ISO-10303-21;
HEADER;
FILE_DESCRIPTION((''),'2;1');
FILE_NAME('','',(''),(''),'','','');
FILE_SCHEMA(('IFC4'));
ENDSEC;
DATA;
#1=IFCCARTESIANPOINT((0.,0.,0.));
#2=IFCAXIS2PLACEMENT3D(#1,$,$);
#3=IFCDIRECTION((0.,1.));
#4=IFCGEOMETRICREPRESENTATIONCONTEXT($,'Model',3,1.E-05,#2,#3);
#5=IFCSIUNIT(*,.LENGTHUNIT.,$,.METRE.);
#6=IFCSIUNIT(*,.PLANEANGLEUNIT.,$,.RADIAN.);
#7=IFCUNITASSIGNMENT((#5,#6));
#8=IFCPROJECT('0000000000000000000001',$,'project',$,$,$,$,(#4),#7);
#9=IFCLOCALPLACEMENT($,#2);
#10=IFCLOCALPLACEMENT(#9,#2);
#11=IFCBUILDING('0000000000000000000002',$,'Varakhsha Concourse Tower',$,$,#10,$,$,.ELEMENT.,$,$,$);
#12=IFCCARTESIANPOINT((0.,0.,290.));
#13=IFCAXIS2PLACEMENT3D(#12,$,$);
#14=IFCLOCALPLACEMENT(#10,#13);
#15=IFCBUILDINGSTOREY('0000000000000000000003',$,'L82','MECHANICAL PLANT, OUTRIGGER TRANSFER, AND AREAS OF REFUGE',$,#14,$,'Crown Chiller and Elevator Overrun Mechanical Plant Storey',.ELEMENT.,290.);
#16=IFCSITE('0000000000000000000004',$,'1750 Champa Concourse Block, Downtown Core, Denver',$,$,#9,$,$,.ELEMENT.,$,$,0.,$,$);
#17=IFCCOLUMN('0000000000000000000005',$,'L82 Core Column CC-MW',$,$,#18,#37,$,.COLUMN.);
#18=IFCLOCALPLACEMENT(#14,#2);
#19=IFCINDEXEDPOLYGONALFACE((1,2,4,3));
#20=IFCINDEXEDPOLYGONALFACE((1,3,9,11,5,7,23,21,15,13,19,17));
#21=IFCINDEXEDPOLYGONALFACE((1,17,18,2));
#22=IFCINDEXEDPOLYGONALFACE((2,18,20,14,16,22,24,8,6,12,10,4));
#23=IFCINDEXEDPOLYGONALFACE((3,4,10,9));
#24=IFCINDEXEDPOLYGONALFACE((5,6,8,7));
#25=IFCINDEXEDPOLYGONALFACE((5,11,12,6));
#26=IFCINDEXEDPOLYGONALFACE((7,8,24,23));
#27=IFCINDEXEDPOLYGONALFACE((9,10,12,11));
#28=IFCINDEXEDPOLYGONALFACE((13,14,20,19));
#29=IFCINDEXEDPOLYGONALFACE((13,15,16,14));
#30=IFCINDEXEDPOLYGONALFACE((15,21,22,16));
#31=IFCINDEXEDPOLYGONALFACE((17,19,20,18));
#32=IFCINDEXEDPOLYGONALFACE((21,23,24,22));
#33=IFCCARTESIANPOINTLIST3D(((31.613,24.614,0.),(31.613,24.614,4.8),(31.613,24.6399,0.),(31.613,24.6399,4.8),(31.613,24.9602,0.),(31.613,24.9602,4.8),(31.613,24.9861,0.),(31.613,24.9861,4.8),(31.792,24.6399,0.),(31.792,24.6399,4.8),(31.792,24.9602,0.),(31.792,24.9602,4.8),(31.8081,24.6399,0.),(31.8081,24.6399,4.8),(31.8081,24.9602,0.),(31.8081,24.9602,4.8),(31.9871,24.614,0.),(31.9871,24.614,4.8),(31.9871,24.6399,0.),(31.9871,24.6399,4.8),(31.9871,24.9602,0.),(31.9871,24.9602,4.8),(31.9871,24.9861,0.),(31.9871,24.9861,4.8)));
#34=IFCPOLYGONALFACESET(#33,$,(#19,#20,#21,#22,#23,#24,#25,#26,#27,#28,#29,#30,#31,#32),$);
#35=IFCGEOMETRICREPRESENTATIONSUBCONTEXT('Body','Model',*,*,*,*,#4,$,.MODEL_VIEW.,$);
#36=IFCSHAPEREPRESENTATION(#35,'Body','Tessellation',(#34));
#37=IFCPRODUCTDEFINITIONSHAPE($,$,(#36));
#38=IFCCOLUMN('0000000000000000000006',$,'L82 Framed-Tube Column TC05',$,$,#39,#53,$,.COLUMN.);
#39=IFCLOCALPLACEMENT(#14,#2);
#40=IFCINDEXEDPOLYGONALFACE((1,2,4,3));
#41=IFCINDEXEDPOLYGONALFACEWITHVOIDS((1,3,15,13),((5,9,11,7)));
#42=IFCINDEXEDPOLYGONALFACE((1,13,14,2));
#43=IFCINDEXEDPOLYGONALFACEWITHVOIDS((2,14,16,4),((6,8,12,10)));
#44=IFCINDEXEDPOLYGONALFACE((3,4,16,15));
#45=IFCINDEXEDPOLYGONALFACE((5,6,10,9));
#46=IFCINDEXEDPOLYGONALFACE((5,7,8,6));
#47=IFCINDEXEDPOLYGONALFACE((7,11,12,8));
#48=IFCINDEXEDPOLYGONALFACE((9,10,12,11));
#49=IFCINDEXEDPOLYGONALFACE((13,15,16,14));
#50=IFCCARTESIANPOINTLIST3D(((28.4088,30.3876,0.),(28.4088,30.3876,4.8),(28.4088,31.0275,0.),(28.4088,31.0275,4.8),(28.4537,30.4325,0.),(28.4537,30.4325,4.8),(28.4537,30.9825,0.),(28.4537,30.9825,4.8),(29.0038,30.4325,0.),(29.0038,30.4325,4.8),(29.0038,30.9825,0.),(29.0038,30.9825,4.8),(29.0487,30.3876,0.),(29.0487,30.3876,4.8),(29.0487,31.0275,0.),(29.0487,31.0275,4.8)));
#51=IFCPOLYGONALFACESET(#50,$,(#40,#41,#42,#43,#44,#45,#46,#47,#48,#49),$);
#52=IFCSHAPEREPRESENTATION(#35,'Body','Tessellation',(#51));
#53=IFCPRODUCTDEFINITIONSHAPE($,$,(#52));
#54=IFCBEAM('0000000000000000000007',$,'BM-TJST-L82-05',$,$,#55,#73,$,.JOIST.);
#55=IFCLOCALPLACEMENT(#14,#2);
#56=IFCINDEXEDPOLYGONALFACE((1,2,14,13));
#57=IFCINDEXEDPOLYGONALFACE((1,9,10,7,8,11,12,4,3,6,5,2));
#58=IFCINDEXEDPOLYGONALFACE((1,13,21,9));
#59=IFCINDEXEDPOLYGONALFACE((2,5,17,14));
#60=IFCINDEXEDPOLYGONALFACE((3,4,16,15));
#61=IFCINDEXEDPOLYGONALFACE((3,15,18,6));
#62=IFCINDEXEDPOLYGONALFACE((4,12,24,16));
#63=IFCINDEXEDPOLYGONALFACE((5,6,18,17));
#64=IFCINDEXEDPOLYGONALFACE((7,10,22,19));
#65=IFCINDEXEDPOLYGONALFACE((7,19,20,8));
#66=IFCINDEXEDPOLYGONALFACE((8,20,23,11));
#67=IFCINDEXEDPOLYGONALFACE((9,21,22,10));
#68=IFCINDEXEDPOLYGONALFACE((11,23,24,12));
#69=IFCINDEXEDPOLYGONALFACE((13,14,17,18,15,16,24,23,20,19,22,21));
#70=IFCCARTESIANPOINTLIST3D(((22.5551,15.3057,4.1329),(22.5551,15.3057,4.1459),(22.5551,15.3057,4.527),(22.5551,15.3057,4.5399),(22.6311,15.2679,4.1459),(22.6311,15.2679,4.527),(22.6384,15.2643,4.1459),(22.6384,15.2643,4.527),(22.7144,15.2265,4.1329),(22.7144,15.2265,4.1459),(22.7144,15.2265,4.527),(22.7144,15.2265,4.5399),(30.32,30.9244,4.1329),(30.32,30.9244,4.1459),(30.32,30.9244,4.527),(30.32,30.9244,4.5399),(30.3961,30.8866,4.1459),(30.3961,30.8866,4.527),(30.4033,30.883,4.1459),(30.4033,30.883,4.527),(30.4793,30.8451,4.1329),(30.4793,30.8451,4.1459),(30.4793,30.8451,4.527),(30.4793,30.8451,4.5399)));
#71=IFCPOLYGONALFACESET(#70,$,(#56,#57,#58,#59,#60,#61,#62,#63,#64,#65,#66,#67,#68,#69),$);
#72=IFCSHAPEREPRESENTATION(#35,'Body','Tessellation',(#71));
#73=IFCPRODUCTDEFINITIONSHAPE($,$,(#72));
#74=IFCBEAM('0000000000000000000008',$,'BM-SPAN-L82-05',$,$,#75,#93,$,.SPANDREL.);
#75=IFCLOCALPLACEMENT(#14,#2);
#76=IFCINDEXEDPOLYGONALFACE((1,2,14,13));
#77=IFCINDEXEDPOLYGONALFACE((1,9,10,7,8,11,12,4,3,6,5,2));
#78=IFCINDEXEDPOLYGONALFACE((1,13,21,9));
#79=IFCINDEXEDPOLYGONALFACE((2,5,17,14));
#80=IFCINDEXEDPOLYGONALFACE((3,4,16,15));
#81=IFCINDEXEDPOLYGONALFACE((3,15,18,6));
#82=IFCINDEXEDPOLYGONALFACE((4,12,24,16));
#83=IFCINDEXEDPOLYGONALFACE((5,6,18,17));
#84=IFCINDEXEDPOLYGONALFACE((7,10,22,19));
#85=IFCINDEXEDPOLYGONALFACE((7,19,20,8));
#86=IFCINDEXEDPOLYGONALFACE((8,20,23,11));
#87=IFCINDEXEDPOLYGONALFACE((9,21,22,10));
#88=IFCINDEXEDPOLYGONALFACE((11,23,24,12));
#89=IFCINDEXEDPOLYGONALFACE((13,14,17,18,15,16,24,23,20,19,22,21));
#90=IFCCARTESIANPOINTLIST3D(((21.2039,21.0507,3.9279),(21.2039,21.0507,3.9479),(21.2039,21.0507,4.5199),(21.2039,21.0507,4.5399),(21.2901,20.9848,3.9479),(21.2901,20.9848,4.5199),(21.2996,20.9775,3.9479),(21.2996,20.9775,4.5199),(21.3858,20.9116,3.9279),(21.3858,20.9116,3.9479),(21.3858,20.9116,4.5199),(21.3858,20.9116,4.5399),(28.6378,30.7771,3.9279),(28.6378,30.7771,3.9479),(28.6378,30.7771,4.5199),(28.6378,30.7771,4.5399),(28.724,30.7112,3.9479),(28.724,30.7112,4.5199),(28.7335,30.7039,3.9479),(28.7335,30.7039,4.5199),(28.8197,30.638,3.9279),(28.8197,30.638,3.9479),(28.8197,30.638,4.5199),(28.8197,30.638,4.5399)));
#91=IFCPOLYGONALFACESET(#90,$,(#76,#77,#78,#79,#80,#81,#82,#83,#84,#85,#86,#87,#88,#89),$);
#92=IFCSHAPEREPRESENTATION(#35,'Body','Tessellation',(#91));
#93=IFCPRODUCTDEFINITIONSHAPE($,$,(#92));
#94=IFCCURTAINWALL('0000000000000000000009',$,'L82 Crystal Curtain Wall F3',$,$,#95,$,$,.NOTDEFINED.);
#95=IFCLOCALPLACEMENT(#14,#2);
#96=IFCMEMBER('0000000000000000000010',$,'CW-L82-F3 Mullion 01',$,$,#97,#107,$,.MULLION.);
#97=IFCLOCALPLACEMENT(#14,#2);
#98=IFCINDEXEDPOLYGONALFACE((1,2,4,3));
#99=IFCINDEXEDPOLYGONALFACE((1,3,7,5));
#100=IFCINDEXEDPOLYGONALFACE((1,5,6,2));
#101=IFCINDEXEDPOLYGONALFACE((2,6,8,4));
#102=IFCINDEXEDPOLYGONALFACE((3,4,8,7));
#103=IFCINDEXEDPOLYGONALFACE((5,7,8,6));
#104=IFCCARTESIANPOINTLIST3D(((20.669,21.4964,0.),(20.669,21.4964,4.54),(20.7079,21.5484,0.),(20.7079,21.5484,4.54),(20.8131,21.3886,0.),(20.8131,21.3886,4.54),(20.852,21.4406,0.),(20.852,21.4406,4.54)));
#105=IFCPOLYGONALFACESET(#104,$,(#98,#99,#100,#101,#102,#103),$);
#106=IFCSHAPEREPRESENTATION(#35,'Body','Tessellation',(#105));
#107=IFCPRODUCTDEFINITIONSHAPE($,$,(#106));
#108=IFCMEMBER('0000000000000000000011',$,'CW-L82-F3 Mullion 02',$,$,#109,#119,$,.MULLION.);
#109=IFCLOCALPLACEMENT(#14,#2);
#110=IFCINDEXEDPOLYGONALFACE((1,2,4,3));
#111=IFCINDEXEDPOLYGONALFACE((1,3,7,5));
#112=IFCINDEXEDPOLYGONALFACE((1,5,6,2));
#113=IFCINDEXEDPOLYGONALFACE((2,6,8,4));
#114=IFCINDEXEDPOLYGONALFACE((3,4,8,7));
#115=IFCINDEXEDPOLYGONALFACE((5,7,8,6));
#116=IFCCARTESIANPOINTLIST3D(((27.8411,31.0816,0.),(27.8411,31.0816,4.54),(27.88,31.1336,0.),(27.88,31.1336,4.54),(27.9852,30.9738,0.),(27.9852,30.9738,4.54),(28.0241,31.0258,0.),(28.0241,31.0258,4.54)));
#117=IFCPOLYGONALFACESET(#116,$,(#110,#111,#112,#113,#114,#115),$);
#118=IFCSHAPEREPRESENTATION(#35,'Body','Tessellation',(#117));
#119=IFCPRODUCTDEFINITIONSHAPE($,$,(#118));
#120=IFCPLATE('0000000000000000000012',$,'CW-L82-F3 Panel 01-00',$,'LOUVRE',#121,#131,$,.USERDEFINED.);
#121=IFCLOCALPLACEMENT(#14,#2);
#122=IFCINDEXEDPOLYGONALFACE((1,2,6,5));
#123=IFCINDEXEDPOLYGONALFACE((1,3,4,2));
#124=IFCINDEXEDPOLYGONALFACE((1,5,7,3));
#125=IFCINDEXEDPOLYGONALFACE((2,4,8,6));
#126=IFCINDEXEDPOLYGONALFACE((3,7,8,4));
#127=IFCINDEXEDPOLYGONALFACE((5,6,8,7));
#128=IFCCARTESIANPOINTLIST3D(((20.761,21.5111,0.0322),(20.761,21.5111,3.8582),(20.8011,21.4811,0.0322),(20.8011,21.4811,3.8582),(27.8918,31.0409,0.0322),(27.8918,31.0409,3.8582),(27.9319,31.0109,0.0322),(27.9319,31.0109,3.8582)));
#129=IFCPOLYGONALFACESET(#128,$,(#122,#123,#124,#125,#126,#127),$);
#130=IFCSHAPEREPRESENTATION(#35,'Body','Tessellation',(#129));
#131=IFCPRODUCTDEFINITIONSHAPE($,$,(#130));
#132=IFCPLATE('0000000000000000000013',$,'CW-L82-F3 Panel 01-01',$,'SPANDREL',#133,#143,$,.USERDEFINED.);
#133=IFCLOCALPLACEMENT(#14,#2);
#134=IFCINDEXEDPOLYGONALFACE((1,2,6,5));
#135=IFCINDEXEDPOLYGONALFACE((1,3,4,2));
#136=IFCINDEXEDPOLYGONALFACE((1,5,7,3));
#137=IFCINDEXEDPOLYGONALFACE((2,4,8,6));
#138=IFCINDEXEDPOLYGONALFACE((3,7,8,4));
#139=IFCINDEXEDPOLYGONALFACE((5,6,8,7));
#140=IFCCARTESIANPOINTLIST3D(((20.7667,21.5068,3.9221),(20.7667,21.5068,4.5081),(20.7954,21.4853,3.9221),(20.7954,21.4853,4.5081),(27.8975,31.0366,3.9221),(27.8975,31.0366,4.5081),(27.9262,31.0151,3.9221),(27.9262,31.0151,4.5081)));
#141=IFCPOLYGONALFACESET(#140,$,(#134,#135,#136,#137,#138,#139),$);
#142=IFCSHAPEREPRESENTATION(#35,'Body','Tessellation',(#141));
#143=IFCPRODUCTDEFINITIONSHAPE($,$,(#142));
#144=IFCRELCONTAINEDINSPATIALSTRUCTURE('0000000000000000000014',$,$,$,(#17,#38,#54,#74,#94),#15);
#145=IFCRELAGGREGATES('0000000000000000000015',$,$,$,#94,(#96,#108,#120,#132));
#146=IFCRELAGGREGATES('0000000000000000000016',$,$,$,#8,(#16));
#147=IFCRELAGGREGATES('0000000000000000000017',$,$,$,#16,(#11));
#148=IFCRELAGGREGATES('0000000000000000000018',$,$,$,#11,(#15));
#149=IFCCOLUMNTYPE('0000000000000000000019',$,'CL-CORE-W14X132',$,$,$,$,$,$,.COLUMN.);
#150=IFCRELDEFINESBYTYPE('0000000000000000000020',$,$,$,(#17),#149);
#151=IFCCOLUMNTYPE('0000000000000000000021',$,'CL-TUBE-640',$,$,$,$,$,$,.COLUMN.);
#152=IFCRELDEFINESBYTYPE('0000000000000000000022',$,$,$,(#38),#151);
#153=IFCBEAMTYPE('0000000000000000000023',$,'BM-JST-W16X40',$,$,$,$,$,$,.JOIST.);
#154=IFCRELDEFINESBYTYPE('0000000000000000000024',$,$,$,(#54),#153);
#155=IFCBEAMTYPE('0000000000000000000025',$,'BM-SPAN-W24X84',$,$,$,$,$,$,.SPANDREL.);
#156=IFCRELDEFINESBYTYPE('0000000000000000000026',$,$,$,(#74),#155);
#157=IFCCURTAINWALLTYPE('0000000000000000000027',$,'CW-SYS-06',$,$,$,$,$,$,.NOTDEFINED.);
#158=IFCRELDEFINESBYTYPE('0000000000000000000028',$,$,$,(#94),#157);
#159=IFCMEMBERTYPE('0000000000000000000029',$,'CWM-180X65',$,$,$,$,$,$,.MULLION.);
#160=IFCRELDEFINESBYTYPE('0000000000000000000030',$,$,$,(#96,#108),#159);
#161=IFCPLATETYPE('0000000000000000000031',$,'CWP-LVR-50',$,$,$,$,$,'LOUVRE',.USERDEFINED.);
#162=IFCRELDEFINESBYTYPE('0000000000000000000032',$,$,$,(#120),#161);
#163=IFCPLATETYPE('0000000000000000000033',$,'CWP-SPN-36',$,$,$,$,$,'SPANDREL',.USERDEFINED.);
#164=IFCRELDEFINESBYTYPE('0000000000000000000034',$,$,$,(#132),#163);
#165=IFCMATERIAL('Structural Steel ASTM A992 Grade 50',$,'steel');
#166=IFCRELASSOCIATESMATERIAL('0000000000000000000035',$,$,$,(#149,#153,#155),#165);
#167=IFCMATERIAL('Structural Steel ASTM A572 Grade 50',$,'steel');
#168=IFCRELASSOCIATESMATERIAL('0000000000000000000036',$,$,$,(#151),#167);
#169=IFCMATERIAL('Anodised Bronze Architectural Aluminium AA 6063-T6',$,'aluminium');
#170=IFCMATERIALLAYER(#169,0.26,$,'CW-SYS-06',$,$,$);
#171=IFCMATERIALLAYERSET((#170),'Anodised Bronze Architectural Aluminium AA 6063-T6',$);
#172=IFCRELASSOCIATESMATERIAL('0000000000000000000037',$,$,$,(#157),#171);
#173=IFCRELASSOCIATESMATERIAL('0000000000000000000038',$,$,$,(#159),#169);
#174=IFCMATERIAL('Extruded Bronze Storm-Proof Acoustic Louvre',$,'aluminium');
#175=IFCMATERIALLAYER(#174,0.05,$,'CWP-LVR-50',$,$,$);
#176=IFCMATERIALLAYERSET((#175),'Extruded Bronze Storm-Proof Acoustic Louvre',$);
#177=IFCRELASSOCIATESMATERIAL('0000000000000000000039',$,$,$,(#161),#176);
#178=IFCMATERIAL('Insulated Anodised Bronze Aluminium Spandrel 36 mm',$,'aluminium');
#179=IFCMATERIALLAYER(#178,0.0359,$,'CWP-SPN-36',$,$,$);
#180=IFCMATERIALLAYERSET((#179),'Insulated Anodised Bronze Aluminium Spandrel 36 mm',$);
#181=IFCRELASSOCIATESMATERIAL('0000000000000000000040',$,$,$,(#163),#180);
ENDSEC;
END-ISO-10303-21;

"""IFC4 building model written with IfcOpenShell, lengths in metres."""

from ifc_helpers import new_model, si_unit, direction, frame, origin, origin_2d, place, context, subcontext, project, spatial, rectangle, hollow_rectangle, i_section, extrude, source, transform, mapped, material, layer, layer_set, material_profile, profile_set, type_object, type_shapes, element, aggregate, save


model = new_model("IFC4")

# Units and contexts
model_context = context("Model", 3, precision=1e-05, world=origin(), true_north=direction((0.0, 1.0)))
body_context = subcontext(model_context, "Body", "Model", "MODEL_VIEW")
ifc_project = project(units=[si_unit("LENGTHUNIT", "METRE"), si_unit("PLANEANGLEUNIT", "RADIAN")], contexts=[model_context])

# Site, building, storey
site_placement = place(None, origin())
site = spatial("IfcSite", under=ifc_project, at=site_placement, Name="1750 Champa Concourse Block, Downtown Core, Denver", CompositionType="ELEMENT", RefElevation=0.0)
building_placement = place(site_placement, origin())
building = spatial("IfcBuilding", under=site, at=building_placement, Name="Varakhsha Concourse Tower", CompositionType="ELEMENT")
storey_placement = place(building_placement, frame((0.0, 0.0, 290.0)))
storey = spatial("IfcBuildingStorey", under=building, at=storey_placement, Name="L82", Description="MECHANICAL PLANT, OUTRIGGER TRANSFER, AND AREAS OF REFUGE", LongName="Crown Chiller and Elevator Overrun Mechanical Plant Storey", CompositionType="ELEMENT", Elevation=290.0)

# Columns
ifc_material_1 = material(Name="Structural Steel ASTM A992 Grade 50", Category="steel")
ifc_material_profile_1 = material_profile(ifc_material_1, i_section(OverallWidth=0.374, OverallDepth=0.3721, WebThickness=0.0161, FlangeThickness=0.0259, at=origin_2d()), Name="W14X132")
ifc_profile_set_1 = profile_set([ifc_material_profile_1], Name="Structural Steel ASTM A992 Grade 50")
column_type_1 = type_object("IfcColumnType", Name="CL-CORE-W14X132", PredefinedType="COLUMN", material=ifc_profile_set_1)
column_1_placement = place(storey_placement, frame((31.8, 24.8, 0.0), z_axis=(0.0, 0.0, 1.0), x_axis=(1.0, 0.0, 0.0)))
element("IfcColumn", 1, at=column_1_placement, inside=storey, type_object=column_type_1, Name="L82 Core Column CC-MW", PredefinedType="COLUMN", context=body_context, shape_type="SweptSolid", body=[
    extrude(i_section(OverallWidth=0.374, OverallDepth=0.3721, WebThickness=0.0161, FlangeThickness=0.0259, at=origin_2d()), origin(), (0.0, 0.0, 1.0), 4.8),
])
ifc_material_2 = material(Name="Structural Steel ASTM A572 Grade 50", Category="steel")
ifc_material_profile_2 = material_profile(ifc_material_2, hollow_rectangle(XDim=0.6399, YDim=0.6399, WallThickness=0.0449, at=origin_2d()), Name="BOX 640x640x45")
ifc_profile_set_2 = profile_set([ifc_material_profile_2], Name="Structural Steel ASTM A572 Grade 50")
column_type_2 = type_object("IfcColumnType", Name="CL-TUBE-640", PredefinedType="COLUMN", material=ifc_profile_set_2)
column_2_placement = place(storey_placement, frame((28.7288, 30.7075, 0.0), z_axis=(0.0, 0.0, 1.0), x_axis=(1.0, 0.0, 0.0)))
element("IfcColumn", 2, at=column_2_placement, inside=storey, type_object=column_type_2, Name="L82 Framed-Tube Column TC05", PredefinedType="COLUMN", context=body_context, shape_type="SweptSolid", body=[
    extrude(hollow_rectangle(XDim=0.6399, YDim=0.6399, WallThickness=0.0449, at=origin_2d()), origin(), (0.0, 0.0, 1.0), 4.8),
])

# Beams
ifc_material_profile_3 = material_profile(ifc_material_1, i_section(OverallWidth=0.178, OverallDepth=0.407, WebThickness=0.0081, FlangeThickness=0.0129, at=origin_2d()), Name="W16X40")
ifc_profile_set_3 = profile_set([ifc_material_profile_3], Name="Structural Steel ASTM A992 Grade 50")
beam_type_1 = type_object("IfcBeamType", Name="BM-JST-W16X40", PredefinedType="JOIST", material=ifc_profile_set_3)
beam_1_placement = place(storey_placement, frame((30.3997, 30.8848, 4.3364), z_axis=(-0.445174, -0.895444, 0.0), x_axis=(0.895444, -0.445174, 0.0)))
element("IfcBeam", 3, at=beam_1_placement, inside=storey, type_object=beam_type_1, Name="BM-TJST-L82-05", PredefinedType="JOIST", context=body_context, shape_type="SweptSolid", body=[
    extrude(i_section(OverallWidth=0.178, OverallDepth=0.407, WebThickness=0.0081, FlangeThickness=0.0129, at=origin_2d()), origin(), (0.0, 0.0, 1.0), 17.4424),
])
ifc_material_profile_4 = material_profile(ifc_material_1, i_section(OverallWidth=0.229, OverallDepth=0.6121, WebThickness=0.012, FlangeThickness=0.02, at=origin_2d()), Name="W24X84")
ifc_profile_set_4 = profile_set([ifc_material_profile_4], Name="Structural Steel ASTM A992 Grade 50")
beam_type_2 = type_object("IfcBeamType", Name="BM-SPAN-W24X84", PredefinedType="SPANDREL", material=ifc_profile_set_4)
beam_2_placement = place(storey_placement, frame((28.7288, 30.7075, 4.2339), z_axis=(-0.607247, -0.794513, 0.0), x_axis=(0.794513, -0.607247, 0.0)))
element("IfcBeam", 4, at=beam_2_placement, inside=storey, type_object=beam_type_2, Name="BM-SPAN-L82-05", PredefinedType="SPANDREL", context=body_context, shape_type="SweptSolid", body=[
    extrude(i_section(OverallWidth=0.229, OverallDepth=0.6121, WebThickness=0.012, FlangeThickness=0.02, at=origin_2d()), origin(), (0.0, 0.0, 1.0), 12.2419),
])

# Curtain wall, members, plates
ifc_material_3 = material(Name="Anodised Bronze Architectural Aluminium AA 6063-T6", Category="aluminium")
ifc_layer_1 = layer(ifc_material_3, 0.26, Name="CW-SYS-06")
ifc_layer_set_1 = layer_set([ifc_layer_1], Name="Anodised Bronze Architectural Aluminium AA 6063-T6")
curtain_wall_type = type_object("IfcCurtainWallType", Name="CW-SYS-06", PredefinedType="NOTDEFINED", material=ifc_layer_set_1)
curtain_wall_placement = place(storey_placement, origin())
curtain_wall = element("IfcCurtainWall", 5, at=curtain_wall_placement, inside=storey, type_object=curtain_wall_type, Name="L82 Crystal Curtain Wall F3", PredefinedType="NOTDEFINED")
ifc_material_profile_5 = material_profile(ifc_material_3, rectangle(XDim=0.0649, YDim=0.1799, at=origin_2d()), Name="CWM-180X65")
ifc_profile_set_5 = profile_set([ifc_material_profile_5], Name="Anodised Bronze Architectural Aluminium AA 6063-T6")
member_type = type_object("IfcMemberType", Name="CWM-180X65", PredefinedType="MULLION", material=ifc_profile_set_5)
shared_shape_1 = source(origin(), body_context, "Body", "SweptSolid", [
    extrude(rectangle(XDim=0.0649, YDim=0.1799, at=origin_2d()), origin(), (0.0, 0.0, 1.0), 4.54),
])
type_shapes(member_type, [shared_shape_1])
member_1_placement = place(storey_placement, frame((20.7605, 21.4685, 0.0), z_axis=(0.0, 0.0, 1.0), x_axis=(0.599112, 0.800666, 0.0)))
member_1 = element("IfcMember", 6, at=member_1_placement, type_object=member_type, Name="CW-L82-F3 Mullion 01", PredefinedType="MULLION", context=body_context, shape_type="MappedRepresentation", body=[
    mapped(shared_shape_1, transform((0.0, 0.0, 0.0), scale=1.0)),
])
member_2_placement = place(storey_placement, frame((27.9326, 31.0537, 0.0), z_axis=(0.0, 0.0, 1.0), x_axis=(0.599112, 0.800666, 0.0)))
member_2 = element("IfcMember", 7, at=member_2_placement, type_object=member_type, Name="CW-L82-F3 Mullion 02", PredefinedType="MULLION", context=body_context, shape_type="MappedRepresentation", body=[
    mapped(shared_shape_1, transform((0.0, 0.0, 0.0), scale=1.0)),
])
ifc_material_4 = material(Name="Extruded Bronze Storm-Proof Acoustic Louvre", Category="aluminium")
ifc_layer_2 = layer(ifc_material_4, 0.05, Name="CWP-LVR-50")
ifc_layer_set_2 = layer_set([ifc_layer_2], Name="Extruded Bronze Storm-Proof Acoustic Louvre")
plate_type_1 = type_object("IfcPlateType", Name="CWP-LVR-50", ElementType="LOUVRE", PredefinedType="USERDEFINED", material=ifc_layer_set_2)
shared_shape_2 = source(origin(), body_context, "Body", "SweptSolid", [
    extrude(rectangle(XDim=11.9023, YDim=0.05, at=origin_2d()), origin(), (0.0, 0.0, 1.0), 3.8259),
])
type_shapes(plate_type_1, [shared_shape_2])
plate_1_placement = place(storey_placement, frame((24.3464, 26.261, 0.0322), z_axis=(0.0, 0.0, 1.0), x_axis=(0.599112, 0.800666, 0.0)))
plate_1 = element("IfcPlate", 8, at=plate_1_placement, type_object=plate_type_1, Name="CW-L82-F3 Panel 01-00", ObjectType="LOUVRE", PredefinedType="USERDEFINED", context=body_context, shape_type="MappedRepresentation", body=[
    mapped(shared_shape_2, transform((0.0, 0.0, 0.0), scale=1.0)),
])
ifc_material_5 = material(Name="Insulated Anodised Bronze Aluminium Spandrel 36 mm", Category="aluminium")
ifc_layer_3 = layer(ifc_material_5, 0.0359, Name="CWP-SPN-36")
ifc_layer_set_3 = layer_set([ifc_layer_3], Name="Insulated Anodised Bronze Aluminium Spandrel 36 mm")
plate_type_2 = type_object("IfcPlateType", Name="CWP-SPN-36", ElementType="SPANDREL", PredefinedType="USERDEFINED", material=ifc_layer_set_3)
shared_shape_3 = source(origin(), body_context, "Body", "SweptSolid", [
    extrude(rectangle(XDim=11.9023, YDim=0.0359, at=origin_2d()), origin(), (0.0, 0.0, 1.0), 0.5859),
])
type_shapes(plate_type_2, [shared_shape_3])
plate_2_placement = place(storey_placement, frame((24.3464, 26.261, 3.9221), z_axis=(0.0, 0.0, 1.0), x_axis=(0.599112, 0.800666, 0.0)))
plate_2 = element("IfcPlate", 9, at=plate_2_placement, type_object=plate_type_2, Name="CW-L82-F3 Panel 01-01", ObjectType="SPANDREL", PredefinedType="USERDEFINED", context=body_context, shape_type="MappedRepresentation", body=[
    mapped(shared_shape_3, transform((0.0, 0.0, 0.0), scale=1.0)),
])
aggregate(curtain_wall, [member_1, member_2, plate_1, plate_2])

save(model, "model.ifc")
